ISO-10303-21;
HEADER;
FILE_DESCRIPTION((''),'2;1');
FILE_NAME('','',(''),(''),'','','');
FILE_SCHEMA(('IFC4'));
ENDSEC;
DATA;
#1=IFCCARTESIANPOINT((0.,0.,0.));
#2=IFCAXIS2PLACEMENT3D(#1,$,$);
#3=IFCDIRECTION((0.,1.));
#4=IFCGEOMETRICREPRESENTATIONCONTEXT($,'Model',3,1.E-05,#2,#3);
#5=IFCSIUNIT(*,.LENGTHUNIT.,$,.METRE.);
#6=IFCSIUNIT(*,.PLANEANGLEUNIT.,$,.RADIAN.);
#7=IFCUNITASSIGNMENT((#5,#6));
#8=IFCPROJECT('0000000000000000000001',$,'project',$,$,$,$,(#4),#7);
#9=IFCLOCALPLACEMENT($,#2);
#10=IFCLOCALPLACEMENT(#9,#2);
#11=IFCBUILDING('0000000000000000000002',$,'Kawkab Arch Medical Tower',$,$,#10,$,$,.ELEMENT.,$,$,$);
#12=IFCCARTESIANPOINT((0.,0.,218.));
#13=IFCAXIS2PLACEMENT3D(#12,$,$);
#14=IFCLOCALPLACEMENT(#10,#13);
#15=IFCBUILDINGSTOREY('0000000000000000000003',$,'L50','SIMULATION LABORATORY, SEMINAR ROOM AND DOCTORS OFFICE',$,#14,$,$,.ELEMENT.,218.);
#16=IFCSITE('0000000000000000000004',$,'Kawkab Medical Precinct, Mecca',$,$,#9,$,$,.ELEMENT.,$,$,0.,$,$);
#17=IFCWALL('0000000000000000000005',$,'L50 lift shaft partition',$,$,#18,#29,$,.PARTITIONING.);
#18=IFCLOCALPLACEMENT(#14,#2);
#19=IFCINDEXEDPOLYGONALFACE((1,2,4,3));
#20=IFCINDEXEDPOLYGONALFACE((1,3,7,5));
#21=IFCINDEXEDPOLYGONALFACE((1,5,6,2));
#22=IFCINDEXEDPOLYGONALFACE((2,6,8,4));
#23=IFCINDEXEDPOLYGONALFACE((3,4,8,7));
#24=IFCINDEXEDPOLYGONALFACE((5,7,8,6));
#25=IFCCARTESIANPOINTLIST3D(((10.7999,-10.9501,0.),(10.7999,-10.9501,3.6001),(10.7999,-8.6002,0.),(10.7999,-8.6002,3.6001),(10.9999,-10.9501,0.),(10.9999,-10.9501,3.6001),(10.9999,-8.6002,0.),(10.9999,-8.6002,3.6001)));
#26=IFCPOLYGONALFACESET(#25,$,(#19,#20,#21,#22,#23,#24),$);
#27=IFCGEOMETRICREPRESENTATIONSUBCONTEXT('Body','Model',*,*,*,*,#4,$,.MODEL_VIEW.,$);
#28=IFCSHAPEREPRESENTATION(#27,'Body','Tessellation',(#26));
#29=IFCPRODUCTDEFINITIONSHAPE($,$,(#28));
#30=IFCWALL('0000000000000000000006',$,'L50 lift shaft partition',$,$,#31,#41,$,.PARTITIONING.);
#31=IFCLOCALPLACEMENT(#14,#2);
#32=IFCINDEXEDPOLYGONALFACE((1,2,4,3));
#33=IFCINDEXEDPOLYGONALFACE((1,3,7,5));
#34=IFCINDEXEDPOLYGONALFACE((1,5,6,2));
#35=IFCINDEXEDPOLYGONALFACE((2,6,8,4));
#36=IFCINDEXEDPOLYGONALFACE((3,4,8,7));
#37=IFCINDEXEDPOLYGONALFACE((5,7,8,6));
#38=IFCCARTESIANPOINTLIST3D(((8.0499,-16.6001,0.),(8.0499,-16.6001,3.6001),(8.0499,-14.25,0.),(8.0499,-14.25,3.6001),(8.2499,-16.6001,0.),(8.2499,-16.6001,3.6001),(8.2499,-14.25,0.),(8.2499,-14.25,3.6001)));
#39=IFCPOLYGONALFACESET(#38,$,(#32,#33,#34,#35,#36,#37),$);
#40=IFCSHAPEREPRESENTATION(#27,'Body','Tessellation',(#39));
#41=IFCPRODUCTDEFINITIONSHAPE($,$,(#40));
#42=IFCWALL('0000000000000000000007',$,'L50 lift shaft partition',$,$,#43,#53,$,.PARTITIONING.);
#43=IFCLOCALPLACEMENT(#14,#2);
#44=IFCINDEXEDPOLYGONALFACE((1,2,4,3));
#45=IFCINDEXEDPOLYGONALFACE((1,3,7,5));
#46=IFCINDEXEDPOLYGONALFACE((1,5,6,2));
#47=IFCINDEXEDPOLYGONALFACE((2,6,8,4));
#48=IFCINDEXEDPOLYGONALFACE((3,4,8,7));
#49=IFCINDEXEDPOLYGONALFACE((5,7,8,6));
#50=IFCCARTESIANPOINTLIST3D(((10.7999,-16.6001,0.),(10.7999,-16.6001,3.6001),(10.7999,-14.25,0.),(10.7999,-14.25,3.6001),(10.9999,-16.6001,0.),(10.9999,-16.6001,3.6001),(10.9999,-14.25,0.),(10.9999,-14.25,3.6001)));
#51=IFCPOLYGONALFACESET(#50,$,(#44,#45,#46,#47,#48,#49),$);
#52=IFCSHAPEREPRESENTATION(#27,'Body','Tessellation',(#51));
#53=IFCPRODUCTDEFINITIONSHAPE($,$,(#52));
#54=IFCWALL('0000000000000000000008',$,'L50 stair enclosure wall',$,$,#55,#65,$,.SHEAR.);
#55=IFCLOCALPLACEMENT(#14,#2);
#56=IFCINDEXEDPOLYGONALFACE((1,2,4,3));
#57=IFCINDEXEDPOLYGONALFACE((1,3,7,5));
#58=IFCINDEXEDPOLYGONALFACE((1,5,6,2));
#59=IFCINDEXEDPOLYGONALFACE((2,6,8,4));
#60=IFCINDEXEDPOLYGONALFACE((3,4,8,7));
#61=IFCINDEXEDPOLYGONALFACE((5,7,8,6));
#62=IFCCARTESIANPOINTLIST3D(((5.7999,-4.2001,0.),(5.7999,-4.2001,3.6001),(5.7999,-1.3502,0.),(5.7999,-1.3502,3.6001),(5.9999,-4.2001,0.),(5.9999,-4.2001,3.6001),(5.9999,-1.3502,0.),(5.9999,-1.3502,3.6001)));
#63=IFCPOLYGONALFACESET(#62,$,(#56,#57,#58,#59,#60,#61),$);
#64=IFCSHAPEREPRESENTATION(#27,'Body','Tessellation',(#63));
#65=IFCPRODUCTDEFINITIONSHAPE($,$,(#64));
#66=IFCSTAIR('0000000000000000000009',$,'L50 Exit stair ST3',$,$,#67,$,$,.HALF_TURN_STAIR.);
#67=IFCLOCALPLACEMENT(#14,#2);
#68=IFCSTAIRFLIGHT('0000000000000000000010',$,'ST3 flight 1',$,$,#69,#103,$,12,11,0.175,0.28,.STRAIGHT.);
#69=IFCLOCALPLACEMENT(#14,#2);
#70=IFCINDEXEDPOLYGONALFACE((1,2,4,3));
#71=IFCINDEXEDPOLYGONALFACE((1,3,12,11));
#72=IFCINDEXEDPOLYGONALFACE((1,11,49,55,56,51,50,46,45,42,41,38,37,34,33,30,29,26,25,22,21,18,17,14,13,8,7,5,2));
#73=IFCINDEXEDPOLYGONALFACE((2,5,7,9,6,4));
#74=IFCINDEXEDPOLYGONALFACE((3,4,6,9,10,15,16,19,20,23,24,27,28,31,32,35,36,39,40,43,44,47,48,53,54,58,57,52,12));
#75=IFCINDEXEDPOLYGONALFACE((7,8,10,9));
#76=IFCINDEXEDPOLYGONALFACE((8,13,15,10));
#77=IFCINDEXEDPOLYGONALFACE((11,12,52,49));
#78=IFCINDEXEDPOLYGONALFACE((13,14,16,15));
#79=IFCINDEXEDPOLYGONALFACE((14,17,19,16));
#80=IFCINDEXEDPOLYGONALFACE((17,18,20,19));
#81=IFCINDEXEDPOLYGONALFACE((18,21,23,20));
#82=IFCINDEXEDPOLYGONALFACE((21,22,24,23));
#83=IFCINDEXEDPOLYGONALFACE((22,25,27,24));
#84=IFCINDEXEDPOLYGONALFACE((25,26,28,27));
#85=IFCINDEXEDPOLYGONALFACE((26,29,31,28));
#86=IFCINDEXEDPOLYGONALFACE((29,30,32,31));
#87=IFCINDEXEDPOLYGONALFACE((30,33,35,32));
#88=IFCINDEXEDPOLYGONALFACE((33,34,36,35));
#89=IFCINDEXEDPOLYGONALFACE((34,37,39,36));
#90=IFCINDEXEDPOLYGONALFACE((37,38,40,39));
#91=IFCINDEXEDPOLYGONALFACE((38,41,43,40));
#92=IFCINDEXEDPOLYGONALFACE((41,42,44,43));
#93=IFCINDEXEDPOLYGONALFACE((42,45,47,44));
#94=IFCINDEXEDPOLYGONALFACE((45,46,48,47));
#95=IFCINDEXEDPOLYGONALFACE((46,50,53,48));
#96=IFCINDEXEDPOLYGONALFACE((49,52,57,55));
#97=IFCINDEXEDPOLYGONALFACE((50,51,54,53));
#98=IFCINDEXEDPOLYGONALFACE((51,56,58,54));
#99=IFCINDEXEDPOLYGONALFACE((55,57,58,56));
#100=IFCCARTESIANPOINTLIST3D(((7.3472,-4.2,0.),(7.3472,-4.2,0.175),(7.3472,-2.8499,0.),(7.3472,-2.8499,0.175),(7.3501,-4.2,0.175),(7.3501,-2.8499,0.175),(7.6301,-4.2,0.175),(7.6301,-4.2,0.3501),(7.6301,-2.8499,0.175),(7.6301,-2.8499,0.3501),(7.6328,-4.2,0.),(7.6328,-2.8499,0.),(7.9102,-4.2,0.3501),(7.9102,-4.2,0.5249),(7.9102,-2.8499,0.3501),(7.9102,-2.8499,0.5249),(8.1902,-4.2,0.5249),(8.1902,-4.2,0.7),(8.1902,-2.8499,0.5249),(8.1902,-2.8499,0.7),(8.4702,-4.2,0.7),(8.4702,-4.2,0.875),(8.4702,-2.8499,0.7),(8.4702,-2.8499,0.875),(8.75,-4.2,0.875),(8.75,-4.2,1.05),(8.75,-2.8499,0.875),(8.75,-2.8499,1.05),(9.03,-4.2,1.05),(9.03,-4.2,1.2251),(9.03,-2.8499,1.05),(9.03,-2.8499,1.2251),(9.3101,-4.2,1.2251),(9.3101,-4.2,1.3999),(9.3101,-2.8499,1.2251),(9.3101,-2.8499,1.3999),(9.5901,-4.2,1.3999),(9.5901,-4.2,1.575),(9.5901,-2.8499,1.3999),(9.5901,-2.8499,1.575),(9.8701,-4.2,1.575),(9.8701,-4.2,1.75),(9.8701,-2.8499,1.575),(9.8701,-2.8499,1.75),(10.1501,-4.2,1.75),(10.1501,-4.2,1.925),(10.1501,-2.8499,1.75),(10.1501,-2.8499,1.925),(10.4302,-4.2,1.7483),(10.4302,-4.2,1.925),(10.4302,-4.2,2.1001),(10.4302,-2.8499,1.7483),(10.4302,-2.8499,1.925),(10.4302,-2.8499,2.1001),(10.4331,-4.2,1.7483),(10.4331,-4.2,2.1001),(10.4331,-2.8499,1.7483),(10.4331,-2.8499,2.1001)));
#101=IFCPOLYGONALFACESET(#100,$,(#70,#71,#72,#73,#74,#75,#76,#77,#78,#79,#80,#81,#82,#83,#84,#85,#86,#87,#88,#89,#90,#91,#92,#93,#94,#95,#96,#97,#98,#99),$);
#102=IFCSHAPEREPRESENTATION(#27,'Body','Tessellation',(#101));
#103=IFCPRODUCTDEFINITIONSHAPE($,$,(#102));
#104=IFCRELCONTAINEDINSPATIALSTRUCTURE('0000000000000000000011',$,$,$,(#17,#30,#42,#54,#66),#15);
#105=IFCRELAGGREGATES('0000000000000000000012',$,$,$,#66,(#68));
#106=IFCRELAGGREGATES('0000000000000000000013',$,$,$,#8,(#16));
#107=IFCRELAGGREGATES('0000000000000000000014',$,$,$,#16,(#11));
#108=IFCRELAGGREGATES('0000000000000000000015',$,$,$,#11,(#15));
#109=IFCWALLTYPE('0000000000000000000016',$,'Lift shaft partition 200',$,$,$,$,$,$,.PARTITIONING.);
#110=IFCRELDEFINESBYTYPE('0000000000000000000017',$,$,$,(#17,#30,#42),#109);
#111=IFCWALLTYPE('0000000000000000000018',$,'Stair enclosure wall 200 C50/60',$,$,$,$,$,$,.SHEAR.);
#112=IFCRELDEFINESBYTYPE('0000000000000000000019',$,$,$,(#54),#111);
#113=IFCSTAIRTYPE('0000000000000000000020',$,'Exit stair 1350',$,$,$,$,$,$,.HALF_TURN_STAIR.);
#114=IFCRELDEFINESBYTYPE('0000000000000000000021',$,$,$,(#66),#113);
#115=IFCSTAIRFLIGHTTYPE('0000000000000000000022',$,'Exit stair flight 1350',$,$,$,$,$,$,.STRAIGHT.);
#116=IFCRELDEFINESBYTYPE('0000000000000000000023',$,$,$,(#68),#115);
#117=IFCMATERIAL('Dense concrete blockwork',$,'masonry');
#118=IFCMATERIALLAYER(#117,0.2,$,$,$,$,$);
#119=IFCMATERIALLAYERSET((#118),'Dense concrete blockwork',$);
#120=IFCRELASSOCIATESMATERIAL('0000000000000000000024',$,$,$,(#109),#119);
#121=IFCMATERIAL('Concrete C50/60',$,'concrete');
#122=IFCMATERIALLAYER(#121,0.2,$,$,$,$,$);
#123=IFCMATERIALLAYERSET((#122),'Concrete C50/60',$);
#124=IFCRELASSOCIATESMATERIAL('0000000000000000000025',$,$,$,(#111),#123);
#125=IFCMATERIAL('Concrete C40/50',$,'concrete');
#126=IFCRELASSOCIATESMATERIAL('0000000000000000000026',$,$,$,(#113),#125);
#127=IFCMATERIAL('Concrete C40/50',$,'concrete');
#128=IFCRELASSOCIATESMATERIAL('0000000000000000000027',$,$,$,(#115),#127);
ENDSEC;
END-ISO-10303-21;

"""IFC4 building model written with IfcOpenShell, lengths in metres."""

from ifc_helpers import new_model, si_unit, direction, frame, frame_2d, origin, place, context, subcontext, project, spatial, polyline, rectangle, outline, extrude, material, layer, layer_set, type_object, element, aggregate, save


model = new_model("IFC4")

# Units and contexts
model_context = context("Model", 3, precision=1e-05, world=origin(), true_north=direction((0.0, 1.0)))
body_context = subcontext(model_context, "Body", "Model", "MODEL_VIEW")
ifc_project = project(units=[si_unit("LENGTHUNIT", "METRE"), si_unit("PLANEANGLEUNIT", "RADIAN")], contexts=[model_context])

# Site, building, storey
site_placement = place(None, origin())
site = spatial("IfcSite", under=ifc_project, at=site_placement, Name="Kawkab Medical Precinct, Mecca", CompositionType="ELEMENT", RefElevation=0.0)
building_placement = place(site_placement, origin())
building = spatial("IfcBuilding", under=site, at=building_placement, Name="Kawkab Arch Medical Tower", CompositionType="ELEMENT")
storey_placement = place(building_placement, frame((0.0, 0.0, 218.0)))
storey = spatial("IfcBuildingStorey", under=building, at=storey_placement, Name="L50", Description="SIMULATION LABORATORY, SEMINAR ROOM AND DOCTORS OFFICE", CompositionType="ELEMENT", Elevation=218.0)

# Walls
ifc_material_1 = material(Name="Dense concrete blockwork", Category="masonry")
ifc_layer_1 = layer(ifc_material_1, 0.2)
ifc_layer_set_1 = layer_set([ifc_layer_1], Name="Dense concrete blockwork")
wall_type_1 = type_object("IfcWallType", Name="Lift shaft partition 200", PredefinedType="PARTITIONING", material=ifc_layer_set_1)
wall_1_placement = place(storey_placement, frame((10.8999, -10.95, 0.0), z_axis=(0.0, 0.0, 1.0), x_axis=(0.0, 1.0, 0.0)))
element("IfcWall", 1, at=wall_1_placement, inside=storey, type_object=wall_type_1, Name="L50 lift shaft partition", PredefinedType="PARTITIONING", context=body_context, shape_type="SweptSolid", body=[
    extrude(rectangle(XDim=2.3499, YDim=0.2, at=frame_2d((1.1748, 0.0))), origin(), (0.0, 0.0, 1.0), 3.6001),
])
for number, where, z_axis, x_axis, name in (
    (2, (8.1499, -16.6001, 0.0), (0.0, 0.0, 1.0), (0.0, 1.0, 0.0), "L50 lift shaft partition"),
    (3, (10.8999, -16.6001, 0.0), (0.0, 0.0, 1.0), (0.0, 1.0, 0.0), "L50 lift shaft partition"),
):
    element("IfcWall", number, at=place(storey_placement, frame(where, z_axis=z_axis, x_axis=x_axis)), inside=storey, type_object=wall_type_1, Name=name, PredefinedType="PARTITIONING", context=body_context, shape_type="SweptSolid", body=[
        extrude(rectangle(XDim=2.3501, YDim=0.2, at=frame_2d((1.175, 0.0))), origin(), (0.0, 0.0, 1.0), 3.6001),
    ])
ifc_material_2 = material(Name="Concrete C50/60", Category="concrete")
ifc_layer_2 = layer(ifc_material_2, 0.2)
ifc_layer_set_2 = layer_set([ifc_layer_2], Name="Concrete C50/60")
wall_type_2 = type_object("IfcWallType", Name="Stair enclosure wall 200 C50/60", PredefinedType="SHEAR", material=ifc_layer_set_2)
wall_2_placement = place(storey_placement, frame((5.8999, -4.2, 0.0), z_axis=(0.0, 0.0, 1.0), x_axis=(0.0, 1.0, 0.0)))
element("IfcWall", 4, at=wall_2_placement, inside=storey, type_object=wall_type_2, Name="L50 stair enclosure wall", PredefinedType="SHEAR", context=body_context, shape_type="SweptSolid", body=[
    extrude(rectangle(XDim=2.8499, YDim=0.2, at=frame_2d((1.4248, 0.0))), origin(), (0.0, 0.0, 1.0), 3.6001),
])

# Stair, stair flight
ifc_material_3 = material(Name="Concrete C40/50", Category="concrete")
stair_type = type_object("IfcStairType", Name="Exit stair 1350", PredefinedType="HALF_TURN_STAIR", material=ifc_material_3)
stair_placement = place(storey_placement, origin())
stair = element("IfcStair", 5, at=stair_placement, inside=storey, type_object=stair_type, Name="L50 Exit stair ST3", PredefinedType="HALF_TURN_STAIR")
ifc_material_4 = material(Name="Concrete C40/50", Category="concrete")
stair_flight_type = type_object("IfcStairFlightType", Name="Exit stair flight 1350", PredefinedType="STRAIGHT", material=ifc_material_4)
stair_flight_placement = place(storey_placement, frame((7.3501, -3.5249, 0.0), z_axis=(0.0, 0.0, 1.0), x_axis=(1.0, 0.0, 0.0)))
stair_flight = element("IfcStairFlight", 6, at=stair_flight_placement, type_object=stair_flight_type, Name="ST3 flight 1", NumberOfRisers=12, NumberOfTreads=11, PredefinedType="STRAIGHT", RiserHeight=0.175, TreadLength=0.28, context=body_context, shape_type="SweptSolid", body=[
    extrude(outline(polyline([(-0.0029, 0.0), (-0.0029, 0.175), (0.0, 0.175), (0.28, 0.175), (0.28, 0.3501), (0.5601, 0.3501), (0.5601, 0.5249), (0.8401, 0.5249), (0.8401, 0.7), (1.1201, 0.7), (1.1201, 0.875), (1.3999, 0.875), (1.3999, 1.05), (1.6799, 1.05), (1.6799, 1.2251), (1.96, 1.2251), (1.96, 1.3999), (2.24, 1.3999), (2.24, 1.575), (2.52, 1.575), (2.52, 1.75), (2.8, 1.75), (2.8, 1.925), (3.0801, 1.925), (3.0801, 2.1001), (3.083, 2.1001), (3.083, 1.7483), (3.0801, 1.7483), (0.2827, 0.0), (-0.0029, 0.0)])), frame((0.0, 0.675, 0.0), z_axis=(0.0, -1.0, 0.0), x_axis=(1.0, 0.0, 0.0)), (0.0, 0.0, 1.0), 1.3501),
])
aggregate(stair, [stair_flight])

save(model, "model.ifc")
